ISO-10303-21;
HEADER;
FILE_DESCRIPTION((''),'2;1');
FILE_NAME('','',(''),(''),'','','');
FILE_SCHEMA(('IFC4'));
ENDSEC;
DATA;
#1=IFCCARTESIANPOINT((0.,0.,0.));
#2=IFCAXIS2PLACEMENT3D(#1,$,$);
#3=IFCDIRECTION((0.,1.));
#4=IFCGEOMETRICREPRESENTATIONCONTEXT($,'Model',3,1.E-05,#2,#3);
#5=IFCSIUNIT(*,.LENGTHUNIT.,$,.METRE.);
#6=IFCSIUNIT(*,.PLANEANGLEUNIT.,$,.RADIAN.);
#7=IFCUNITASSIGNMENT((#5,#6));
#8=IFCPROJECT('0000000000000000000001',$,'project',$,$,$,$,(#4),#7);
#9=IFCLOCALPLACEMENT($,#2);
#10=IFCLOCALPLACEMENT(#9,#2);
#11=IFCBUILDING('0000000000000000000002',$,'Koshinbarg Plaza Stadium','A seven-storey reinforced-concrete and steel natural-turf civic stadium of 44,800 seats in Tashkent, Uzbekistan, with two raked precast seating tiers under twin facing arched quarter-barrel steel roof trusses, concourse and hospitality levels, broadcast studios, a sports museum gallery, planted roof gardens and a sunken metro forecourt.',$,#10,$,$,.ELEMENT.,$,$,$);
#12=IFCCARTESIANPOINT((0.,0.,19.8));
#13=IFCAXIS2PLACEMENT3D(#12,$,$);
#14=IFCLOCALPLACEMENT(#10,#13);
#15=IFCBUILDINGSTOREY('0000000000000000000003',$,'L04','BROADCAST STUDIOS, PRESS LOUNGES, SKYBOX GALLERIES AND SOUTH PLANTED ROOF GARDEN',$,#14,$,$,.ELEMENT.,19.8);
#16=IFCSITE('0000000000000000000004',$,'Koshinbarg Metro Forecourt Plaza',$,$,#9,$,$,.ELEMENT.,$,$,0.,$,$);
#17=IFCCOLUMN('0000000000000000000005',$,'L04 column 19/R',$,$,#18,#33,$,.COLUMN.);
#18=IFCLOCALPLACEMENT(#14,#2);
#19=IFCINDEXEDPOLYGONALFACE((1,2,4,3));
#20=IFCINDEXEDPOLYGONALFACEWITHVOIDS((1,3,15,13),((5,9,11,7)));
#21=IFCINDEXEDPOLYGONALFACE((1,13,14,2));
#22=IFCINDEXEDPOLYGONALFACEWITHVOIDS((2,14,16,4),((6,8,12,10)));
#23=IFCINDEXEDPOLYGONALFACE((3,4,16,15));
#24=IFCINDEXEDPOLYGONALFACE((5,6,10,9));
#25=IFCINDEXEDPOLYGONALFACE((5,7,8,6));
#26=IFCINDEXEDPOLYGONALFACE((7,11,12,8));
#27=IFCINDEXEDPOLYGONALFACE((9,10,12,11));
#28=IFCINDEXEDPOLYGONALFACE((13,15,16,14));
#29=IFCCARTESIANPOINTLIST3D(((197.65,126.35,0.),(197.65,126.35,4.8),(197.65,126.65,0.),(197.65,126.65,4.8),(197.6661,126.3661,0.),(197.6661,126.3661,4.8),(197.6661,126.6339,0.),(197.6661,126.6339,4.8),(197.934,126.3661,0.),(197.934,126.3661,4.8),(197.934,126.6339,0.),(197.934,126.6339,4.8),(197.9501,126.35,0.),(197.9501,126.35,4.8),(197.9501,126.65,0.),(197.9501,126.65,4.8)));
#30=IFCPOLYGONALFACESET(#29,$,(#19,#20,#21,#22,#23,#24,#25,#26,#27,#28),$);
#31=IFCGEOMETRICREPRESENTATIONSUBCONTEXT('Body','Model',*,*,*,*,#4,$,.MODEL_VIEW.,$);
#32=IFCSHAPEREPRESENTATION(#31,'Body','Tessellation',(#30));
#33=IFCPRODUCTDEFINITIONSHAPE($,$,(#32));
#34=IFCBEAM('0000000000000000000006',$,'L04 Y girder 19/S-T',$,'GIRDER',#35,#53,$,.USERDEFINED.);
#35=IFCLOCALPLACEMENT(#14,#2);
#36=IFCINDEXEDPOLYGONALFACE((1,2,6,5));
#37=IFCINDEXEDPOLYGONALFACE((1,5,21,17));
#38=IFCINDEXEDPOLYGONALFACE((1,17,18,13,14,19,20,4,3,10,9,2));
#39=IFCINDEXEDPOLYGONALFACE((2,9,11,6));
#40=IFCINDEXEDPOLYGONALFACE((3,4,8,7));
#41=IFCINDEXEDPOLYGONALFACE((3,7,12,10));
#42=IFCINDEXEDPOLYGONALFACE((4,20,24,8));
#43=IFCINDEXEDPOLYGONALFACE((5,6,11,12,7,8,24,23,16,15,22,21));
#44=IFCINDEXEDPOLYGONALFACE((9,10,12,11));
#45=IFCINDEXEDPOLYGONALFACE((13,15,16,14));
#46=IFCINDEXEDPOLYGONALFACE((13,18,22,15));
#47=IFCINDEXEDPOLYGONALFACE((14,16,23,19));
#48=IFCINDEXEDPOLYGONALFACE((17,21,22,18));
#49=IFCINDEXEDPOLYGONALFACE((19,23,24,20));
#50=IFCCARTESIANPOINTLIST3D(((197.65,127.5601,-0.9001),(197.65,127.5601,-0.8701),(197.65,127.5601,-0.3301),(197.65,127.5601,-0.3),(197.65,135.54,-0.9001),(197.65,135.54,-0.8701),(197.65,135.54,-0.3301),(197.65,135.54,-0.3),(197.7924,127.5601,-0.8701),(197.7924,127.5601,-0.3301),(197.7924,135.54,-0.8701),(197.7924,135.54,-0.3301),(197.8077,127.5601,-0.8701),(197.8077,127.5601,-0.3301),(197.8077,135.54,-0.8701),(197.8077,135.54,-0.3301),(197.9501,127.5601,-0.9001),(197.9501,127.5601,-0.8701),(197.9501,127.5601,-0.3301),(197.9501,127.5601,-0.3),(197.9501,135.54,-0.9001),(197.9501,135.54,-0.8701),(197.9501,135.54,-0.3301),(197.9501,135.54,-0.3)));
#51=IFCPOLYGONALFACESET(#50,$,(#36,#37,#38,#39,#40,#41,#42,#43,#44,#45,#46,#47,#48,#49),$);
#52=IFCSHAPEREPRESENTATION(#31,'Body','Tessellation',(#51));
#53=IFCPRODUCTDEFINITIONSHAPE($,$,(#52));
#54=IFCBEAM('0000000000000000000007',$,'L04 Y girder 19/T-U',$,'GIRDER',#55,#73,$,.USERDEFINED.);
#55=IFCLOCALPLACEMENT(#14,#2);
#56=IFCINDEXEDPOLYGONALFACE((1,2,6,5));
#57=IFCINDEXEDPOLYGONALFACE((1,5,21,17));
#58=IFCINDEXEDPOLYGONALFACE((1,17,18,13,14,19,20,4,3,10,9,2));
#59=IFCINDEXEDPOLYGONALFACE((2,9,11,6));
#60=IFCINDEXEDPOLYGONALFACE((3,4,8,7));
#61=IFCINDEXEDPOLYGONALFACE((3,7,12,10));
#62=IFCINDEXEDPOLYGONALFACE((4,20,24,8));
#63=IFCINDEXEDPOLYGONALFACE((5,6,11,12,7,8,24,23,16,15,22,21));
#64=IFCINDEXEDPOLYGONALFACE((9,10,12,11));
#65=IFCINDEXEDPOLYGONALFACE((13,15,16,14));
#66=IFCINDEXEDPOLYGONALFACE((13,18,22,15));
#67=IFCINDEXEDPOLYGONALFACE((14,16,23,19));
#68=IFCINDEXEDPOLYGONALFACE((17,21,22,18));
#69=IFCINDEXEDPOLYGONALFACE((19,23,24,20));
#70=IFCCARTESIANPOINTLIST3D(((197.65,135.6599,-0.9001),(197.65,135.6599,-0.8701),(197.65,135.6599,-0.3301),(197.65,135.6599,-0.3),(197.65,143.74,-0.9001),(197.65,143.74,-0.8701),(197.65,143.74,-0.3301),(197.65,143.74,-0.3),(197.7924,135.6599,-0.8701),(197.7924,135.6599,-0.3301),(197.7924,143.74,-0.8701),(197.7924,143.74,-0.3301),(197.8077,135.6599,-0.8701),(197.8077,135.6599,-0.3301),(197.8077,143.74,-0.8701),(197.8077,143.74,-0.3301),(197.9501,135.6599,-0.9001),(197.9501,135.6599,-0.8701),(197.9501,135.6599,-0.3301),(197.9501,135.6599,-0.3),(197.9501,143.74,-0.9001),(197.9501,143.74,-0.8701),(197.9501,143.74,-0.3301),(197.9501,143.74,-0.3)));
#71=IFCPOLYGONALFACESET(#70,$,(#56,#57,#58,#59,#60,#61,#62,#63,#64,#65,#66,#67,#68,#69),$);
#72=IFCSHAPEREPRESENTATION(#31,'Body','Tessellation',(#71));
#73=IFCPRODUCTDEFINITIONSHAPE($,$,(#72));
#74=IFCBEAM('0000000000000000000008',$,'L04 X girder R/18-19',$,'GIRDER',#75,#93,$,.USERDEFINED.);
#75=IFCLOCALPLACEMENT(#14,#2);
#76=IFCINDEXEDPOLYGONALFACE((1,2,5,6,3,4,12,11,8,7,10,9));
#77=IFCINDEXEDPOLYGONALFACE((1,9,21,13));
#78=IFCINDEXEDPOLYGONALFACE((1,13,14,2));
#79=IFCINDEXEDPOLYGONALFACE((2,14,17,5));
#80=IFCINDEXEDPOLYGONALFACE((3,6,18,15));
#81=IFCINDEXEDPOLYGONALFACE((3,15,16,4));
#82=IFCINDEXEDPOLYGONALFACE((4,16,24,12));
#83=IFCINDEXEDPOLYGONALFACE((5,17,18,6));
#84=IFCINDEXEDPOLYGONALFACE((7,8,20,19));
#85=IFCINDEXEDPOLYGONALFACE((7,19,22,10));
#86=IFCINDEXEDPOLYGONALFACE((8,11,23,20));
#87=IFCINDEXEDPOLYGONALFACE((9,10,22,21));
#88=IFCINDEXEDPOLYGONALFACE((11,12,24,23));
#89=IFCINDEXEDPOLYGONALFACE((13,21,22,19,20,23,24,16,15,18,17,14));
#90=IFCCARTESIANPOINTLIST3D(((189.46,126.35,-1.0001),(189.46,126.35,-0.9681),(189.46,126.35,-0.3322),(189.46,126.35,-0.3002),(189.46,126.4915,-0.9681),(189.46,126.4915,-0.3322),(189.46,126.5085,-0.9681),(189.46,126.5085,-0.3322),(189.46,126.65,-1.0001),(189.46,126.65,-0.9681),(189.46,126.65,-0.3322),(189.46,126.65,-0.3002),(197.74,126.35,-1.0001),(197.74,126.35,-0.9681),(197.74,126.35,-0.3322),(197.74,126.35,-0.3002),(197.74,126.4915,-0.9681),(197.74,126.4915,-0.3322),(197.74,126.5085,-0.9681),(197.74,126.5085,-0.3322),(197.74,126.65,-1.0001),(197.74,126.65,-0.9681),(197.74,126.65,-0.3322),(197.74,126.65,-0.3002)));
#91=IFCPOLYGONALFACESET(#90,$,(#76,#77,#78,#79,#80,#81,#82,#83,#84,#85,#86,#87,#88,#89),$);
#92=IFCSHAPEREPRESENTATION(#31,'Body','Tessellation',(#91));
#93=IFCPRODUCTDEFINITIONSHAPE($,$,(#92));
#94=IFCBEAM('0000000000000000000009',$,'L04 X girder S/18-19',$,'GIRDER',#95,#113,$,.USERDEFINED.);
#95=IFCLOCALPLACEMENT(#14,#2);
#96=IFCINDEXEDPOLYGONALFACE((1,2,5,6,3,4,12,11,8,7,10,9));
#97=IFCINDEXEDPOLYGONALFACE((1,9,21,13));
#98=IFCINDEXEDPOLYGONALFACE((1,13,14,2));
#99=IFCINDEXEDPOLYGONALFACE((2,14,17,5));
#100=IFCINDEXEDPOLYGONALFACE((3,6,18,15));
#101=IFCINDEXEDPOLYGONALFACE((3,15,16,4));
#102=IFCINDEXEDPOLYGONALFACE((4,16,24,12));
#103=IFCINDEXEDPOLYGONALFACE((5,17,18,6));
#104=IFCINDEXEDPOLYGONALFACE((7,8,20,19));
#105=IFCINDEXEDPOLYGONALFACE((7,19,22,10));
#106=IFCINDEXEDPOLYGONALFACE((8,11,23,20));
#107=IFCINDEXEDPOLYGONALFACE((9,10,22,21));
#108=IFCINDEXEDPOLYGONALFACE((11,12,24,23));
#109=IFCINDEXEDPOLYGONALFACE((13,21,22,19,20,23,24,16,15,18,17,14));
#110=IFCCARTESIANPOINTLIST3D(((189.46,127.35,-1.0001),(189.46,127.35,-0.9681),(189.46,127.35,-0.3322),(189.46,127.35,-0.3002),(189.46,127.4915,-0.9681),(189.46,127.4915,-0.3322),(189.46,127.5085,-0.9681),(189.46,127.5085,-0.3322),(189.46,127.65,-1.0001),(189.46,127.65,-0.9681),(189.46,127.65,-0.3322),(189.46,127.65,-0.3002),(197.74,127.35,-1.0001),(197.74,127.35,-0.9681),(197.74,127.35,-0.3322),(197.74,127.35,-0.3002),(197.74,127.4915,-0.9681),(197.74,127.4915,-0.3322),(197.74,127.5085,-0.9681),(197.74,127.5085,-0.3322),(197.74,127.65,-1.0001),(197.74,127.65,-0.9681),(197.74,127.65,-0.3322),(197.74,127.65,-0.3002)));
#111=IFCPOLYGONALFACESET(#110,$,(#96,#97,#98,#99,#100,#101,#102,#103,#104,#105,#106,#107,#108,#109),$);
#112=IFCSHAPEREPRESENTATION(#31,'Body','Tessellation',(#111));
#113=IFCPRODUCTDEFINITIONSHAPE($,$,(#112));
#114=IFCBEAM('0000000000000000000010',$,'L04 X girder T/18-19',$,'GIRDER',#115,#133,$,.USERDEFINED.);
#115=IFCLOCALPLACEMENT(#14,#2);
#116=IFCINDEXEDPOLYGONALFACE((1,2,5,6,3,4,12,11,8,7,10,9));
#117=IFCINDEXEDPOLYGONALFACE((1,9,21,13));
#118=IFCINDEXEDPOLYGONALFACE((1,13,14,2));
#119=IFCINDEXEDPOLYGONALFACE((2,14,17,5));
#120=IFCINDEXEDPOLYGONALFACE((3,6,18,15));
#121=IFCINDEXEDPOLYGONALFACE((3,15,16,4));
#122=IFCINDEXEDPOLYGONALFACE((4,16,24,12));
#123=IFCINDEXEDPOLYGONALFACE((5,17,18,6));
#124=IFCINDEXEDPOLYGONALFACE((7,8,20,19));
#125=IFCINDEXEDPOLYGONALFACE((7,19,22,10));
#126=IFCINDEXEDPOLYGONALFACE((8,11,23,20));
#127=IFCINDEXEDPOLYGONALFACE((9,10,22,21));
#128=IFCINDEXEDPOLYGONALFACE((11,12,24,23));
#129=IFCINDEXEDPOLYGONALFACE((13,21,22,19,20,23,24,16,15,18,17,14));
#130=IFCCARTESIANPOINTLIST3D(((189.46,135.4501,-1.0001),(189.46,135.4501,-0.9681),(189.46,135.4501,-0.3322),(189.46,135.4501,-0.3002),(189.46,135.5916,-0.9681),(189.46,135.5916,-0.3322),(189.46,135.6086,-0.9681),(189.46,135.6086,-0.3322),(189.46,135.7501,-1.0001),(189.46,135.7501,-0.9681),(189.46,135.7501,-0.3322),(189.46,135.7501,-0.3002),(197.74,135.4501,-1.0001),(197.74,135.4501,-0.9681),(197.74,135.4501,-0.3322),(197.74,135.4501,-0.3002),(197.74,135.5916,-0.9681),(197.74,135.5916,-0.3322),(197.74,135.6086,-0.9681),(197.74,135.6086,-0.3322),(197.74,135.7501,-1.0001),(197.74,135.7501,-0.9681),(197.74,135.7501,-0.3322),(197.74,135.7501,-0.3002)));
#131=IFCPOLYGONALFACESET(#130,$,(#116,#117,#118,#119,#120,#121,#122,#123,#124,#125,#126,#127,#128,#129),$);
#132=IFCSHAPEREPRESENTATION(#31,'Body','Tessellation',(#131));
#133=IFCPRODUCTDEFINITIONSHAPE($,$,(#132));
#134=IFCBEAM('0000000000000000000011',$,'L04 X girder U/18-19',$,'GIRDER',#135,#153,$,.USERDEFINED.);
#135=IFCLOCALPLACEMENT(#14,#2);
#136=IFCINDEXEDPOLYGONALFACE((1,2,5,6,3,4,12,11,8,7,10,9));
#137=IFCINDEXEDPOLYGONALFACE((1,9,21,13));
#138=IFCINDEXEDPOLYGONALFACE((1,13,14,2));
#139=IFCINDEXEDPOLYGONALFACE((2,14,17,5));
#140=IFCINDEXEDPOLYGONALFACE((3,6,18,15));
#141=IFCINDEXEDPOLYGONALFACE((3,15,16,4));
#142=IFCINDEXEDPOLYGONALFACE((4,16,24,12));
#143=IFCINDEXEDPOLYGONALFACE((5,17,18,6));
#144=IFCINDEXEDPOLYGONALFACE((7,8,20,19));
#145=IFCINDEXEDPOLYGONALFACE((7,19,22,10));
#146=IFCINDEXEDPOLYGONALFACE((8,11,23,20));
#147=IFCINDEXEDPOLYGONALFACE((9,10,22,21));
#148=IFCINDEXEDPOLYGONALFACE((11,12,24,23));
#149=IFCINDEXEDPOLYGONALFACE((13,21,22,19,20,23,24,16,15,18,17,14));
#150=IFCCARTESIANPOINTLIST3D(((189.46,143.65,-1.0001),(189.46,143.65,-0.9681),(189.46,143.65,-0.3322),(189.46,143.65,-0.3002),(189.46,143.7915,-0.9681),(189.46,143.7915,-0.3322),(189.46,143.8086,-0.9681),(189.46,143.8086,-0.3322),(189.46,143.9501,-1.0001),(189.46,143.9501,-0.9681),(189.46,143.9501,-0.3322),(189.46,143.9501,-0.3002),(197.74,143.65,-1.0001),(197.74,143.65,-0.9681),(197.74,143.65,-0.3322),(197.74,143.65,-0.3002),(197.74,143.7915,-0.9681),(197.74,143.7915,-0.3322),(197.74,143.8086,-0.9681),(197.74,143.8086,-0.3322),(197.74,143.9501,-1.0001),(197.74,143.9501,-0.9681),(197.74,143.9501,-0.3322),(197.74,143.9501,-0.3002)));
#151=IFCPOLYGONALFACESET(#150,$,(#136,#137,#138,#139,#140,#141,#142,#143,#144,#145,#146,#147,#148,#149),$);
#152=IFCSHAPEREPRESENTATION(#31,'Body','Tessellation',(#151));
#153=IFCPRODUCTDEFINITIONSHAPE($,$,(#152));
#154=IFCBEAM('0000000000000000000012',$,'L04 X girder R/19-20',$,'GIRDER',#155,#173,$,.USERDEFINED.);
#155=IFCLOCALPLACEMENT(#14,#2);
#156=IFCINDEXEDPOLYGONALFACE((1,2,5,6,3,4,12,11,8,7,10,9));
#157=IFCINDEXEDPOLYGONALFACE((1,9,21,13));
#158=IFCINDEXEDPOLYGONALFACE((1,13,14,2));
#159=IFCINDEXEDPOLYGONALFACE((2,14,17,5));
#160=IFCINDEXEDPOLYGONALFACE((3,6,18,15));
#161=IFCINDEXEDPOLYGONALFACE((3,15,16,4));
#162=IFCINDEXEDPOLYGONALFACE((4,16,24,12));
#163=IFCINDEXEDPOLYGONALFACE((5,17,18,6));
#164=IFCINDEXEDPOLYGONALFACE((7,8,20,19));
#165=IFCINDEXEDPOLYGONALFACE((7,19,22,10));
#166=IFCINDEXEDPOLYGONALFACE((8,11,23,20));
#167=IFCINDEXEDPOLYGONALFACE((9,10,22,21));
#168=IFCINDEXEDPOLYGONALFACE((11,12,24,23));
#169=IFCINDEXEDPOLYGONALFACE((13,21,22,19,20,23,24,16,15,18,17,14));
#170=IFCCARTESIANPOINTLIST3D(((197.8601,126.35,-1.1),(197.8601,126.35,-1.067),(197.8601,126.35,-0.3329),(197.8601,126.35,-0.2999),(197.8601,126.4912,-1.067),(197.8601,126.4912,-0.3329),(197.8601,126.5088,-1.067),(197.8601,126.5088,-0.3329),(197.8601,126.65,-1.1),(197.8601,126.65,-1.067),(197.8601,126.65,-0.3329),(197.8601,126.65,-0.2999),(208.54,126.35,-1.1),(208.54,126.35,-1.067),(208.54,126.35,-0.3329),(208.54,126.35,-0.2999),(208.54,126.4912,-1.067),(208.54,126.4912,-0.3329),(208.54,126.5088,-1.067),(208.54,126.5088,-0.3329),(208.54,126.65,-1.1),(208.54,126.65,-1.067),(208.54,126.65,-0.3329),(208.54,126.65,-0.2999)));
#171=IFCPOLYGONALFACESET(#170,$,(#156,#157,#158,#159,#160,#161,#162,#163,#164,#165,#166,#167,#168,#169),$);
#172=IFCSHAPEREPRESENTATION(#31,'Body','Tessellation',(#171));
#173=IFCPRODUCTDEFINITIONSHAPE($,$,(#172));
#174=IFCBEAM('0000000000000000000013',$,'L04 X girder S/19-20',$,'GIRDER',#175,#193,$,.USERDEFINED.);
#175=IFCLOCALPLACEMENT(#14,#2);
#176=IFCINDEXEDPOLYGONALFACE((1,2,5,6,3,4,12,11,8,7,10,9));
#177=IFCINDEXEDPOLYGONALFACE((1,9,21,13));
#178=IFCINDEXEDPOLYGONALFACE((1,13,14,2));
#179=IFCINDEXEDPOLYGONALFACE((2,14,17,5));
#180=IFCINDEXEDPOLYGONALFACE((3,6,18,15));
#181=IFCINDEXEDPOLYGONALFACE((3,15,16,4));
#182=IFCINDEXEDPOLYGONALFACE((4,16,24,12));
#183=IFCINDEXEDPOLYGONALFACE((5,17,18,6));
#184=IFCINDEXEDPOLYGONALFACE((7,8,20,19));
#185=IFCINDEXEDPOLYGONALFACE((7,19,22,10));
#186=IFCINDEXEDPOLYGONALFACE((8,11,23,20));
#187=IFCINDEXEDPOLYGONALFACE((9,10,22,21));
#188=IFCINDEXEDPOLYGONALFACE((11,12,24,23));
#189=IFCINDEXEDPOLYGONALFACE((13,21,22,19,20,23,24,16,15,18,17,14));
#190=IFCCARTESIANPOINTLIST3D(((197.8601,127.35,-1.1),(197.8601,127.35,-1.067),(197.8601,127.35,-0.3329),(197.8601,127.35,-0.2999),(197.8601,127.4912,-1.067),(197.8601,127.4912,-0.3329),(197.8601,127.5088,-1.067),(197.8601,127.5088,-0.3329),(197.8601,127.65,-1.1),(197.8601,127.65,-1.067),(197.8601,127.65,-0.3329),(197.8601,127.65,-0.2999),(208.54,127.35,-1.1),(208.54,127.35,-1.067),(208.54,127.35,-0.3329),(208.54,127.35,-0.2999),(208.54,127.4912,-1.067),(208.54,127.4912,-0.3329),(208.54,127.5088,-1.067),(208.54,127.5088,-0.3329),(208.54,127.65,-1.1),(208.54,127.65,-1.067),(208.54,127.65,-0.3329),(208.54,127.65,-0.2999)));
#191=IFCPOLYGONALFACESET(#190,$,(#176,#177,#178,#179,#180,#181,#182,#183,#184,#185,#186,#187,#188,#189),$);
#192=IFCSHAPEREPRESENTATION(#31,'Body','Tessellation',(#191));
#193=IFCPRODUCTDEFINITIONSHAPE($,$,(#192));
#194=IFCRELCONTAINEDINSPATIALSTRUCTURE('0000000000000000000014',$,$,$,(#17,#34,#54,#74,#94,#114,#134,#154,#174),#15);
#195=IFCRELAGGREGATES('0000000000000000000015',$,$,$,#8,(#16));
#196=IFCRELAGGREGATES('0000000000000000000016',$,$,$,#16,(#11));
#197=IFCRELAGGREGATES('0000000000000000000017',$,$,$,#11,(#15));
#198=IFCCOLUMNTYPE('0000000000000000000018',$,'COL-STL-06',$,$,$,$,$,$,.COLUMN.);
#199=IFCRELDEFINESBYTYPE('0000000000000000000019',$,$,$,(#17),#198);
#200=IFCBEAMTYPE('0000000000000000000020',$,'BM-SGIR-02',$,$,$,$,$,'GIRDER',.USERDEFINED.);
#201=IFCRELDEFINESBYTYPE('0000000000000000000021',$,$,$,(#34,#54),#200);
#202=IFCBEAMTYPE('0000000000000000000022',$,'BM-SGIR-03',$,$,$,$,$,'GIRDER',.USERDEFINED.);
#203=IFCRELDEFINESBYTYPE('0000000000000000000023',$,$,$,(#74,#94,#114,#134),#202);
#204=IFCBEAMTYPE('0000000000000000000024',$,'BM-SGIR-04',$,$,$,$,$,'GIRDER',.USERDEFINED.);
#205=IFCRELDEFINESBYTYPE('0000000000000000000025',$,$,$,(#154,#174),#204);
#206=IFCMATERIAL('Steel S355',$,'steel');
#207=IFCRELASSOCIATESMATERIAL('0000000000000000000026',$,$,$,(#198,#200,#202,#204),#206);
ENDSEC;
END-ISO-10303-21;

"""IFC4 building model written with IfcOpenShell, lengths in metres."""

from ifc_helpers import new_model, si_unit, direction, frame, origin, origin_2d, place, context, subcontext, project, spatial, hollow_rectangle, i_section, extrude, material, material_profile, profile_set, type_object, element, save


model = new_model("IFC4")

# Units and contexts
model_context = context("Model", 3, precision=1e-05, world=origin(), true_north=direction((0.0, 1.0)))
body_context = subcontext(model_context, "Body", "Model", "MODEL_VIEW")
ifc_project = project(units=[si_unit("LENGTHUNIT", "METRE"), si_unit("PLANEANGLEUNIT", "RADIAN")], contexts=[model_context])

# Site, building, storey
site_placement = place(None, origin())
site = spatial("IfcSite", under=ifc_project, at=site_placement, Name="Koshinbarg Metro Forecourt Plaza", CompositionType="ELEMENT", RefElevation=0.0)
building_placement = place(site_placement, origin())
building = spatial("IfcBuilding", under=site, at=building_placement, Name="Koshinbarg Plaza Stadium", Description="A seven-storey reinforced-concrete and steel natural-turf civic stadium of 44,800 seats in Tashkent, Uzbekistan, with two raked precast seating tiers under twin facing arched quarter-barrel steel roof trusses, concourse and hospitality levels, broadcast studios, a sports museum gallery, planted roof gardens and a sunken metro forecourt.", CompositionType="ELEMENT")
storey_placement = place(building_placement, frame((0.0, 0.0, 19.8)))
storey = spatial("IfcBuildingStorey", under=building, at=storey_placement, Name="L04", Description="BROADCAST STUDIOS, PRESS LOUNGES, SKYBOX GALLERIES AND SOUTH PLANTED ROOF GARDEN", CompositionType="ELEMENT", Elevation=19.8)

# Column
ifc_material_1 = material(Name="Steel S355", Category="steel")
ifc_material_profile_1 = material_profile(ifc_material_1, hollow_rectangle(XDim=0.3, YDim=0.3, WallThickness=0.0161, at=origin_2d()), Name="SHS 300x300x16")
ifc_profile_set_1 = profile_set([ifc_material_profile_1], Name="Steel S355")
column_type = type_object("IfcColumnType", Name="COL-STL-06", PredefinedType="COLUMN", material=ifc_profile_set_1)
column_placement = place(storey_placement, frame((197.8, 126.5, 0.0), z_axis=(0.0, 0.0, 1.0), x_axis=(1.0, 0.0, 0.0)))
element("IfcColumn", 1, at=column_placement, inside=storey, type_object=column_type, Name="L04 column 19/R", PredefinedType="COLUMN", context=body_context, shape_type="SweptSolid", body=[
    extrude(hollow_rectangle(XDim=0.3, YDim=0.3, WallThickness=0.0161, at=origin_2d()), origin(), (0.0, 0.0, 1.0), 4.8),
])

# Beams
ifc_material_profile_2 = material_profile(ifc_material_1, i_section(OverallWidth=0.3, OverallDepth=0.6001, WebThickness=0.0154, FlangeThickness=0.03, at=origin_2d()), Name="HEB 600")
ifc_profile_set_2 = profile_set([ifc_material_profile_2], Name="Steel S355")
beam_type_1 = type_object("IfcBeamType", Name="BM-SGIR-02", ElementType="GIRDER", PredefinedType="USERDEFINED", material=ifc_profile_set_2)
beam_1_placement = place(storey_placement, frame((197.8, 127.5601, -0.6001), z_axis=(0.0, 1.0, 0.0), x_axis=(-1.0, 0.0, 0.0)))
element("IfcBeam", 2, at=beam_1_placement, inside=storey, type_object=beam_type_1, Name="L04 Y girder 19/S-T", ObjectType="GIRDER", PredefinedType="USERDEFINED", context=body_context, shape_type="SweptSolid", body=[
    extrude(i_section(OverallWidth=0.3, OverallDepth=0.6001, WebThickness=0.0154, FlangeThickness=0.03, at=origin_2d()), origin(), (0.0, 0.0, 1.0), 7.98),
])
beam_2_placement = place(storey_placement, frame((197.8, 135.6599, -0.6001), z_axis=(0.0, 1.0, 0.0), x_axis=(-1.0, 0.0, 0.0)))
element("IfcBeam", 3, at=beam_2_placement, inside=storey, type_object=beam_type_1, Name="L04 Y girder 19/T-U", ObjectType="GIRDER", PredefinedType="USERDEFINED", context=body_context, shape_type="SweptSolid", body=[
    extrude(i_section(OverallWidth=0.3, OverallDepth=0.6001, WebThickness=0.0154, FlangeThickness=0.03, at=origin_2d()), origin(), (0.0, 0.0, 1.0), 8.0801),
])
ifc_material_profile_3 = material_profile(ifc_material_1, i_section(OverallWidth=0.3, OverallDepth=0.7, WebThickness=0.0171, FlangeThickness=0.032, at=origin_2d()), Name="HEB 700")
ifc_profile_set_3 = profile_set([ifc_material_profile_3], Name="Steel S355")
beam_type_2 = type_object("IfcBeamType", Name="BM-SGIR-03", ElementType="GIRDER", PredefinedType="USERDEFINED", material=ifc_profile_set_3)
for number, where, z_axis, x_axis, name in (
    (4, (189.46, 126.5, -0.6501), (1.0, 0.0, 0.0), (0.0, 1.0, 0.0), "L04 X girder R/18-19"),
    (5, (189.46, 127.5, -0.6501), (1.0, 0.0, 0.0), (0.0, 1.0, 0.0), "L04 X girder S/18-19"),
    (6, (189.46, 135.6001, -0.6501), (1.0, 0.0, 0.0), (0.0, 1.0, 0.0), "L04 X girder T/18-19"),
    (7, (189.46, 143.8, -0.6501), (1.0, 0.0, 0.0), (0.0, 1.0, 0.0), "L04 X girder U/18-19"),
):
    element("IfcBeam", number, at=place(storey_placement, frame(where, z_axis=z_axis, x_axis=x_axis)), inside=storey, type_object=beam_type_2, Name=name, ObjectType="GIRDER", PredefinedType="USERDEFINED", context=body_context, shape_type="SweptSolid", body=[
        extrude(i_section(OverallWidth=0.3, OverallDepth=0.7, WebThickness=0.0171, FlangeThickness=0.032, at=origin_2d()), origin(), (0.0, 0.0, 1.0), 8.28),
    ])
ifc_material_profile_4 = material_profile(ifc_material_1, i_section(OverallWidth=0.3, OverallDepth=0.8, WebThickness=0.0176, FlangeThickness=0.033, at=origin_2d()), Name="HEB 800")
ifc_profile_set_4 = profile_set([ifc_material_profile_4], Name="Steel S355")
beam_type_3 = type_object("IfcBeamType", Name="BM-SGIR-04", ElementType="GIRDER", PredefinedType="USERDEFINED", material=ifc_profile_set_4)
for number, where, z_axis, x_axis, name in (
    (8, (197.8601, 126.5, -0.7), (1.0, 0.0, 0.0), (0.0, 1.0, 0.0), "L04 X girder R/19-20"),
    (9, (197.8601, 127.5, -0.7), (1.0, 0.0, 0.0), (0.0, 1.0, 0.0), "L04 X girder S/19-20"),
):
    element("IfcBeam", number, at=place(storey_placement, frame(where, z_axis=z_axis, x_axis=x_axis)), inside=storey, type_object=beam_type_3, Name=name, ObjectType="GIRDER", PredefinedType="USERDEFINED", context=body_context, shape_type="SweptSolid", body=[
        extrude(i_section(OverallWidth=0.3, OverallDepth=0.8, WebThickness=0.0176, FlangeThickness=0.033, at=origin_2d()), origin(), (0.0, 0.0, 1.0), 10.6799),
    ])

save(model, "model.ifc")
